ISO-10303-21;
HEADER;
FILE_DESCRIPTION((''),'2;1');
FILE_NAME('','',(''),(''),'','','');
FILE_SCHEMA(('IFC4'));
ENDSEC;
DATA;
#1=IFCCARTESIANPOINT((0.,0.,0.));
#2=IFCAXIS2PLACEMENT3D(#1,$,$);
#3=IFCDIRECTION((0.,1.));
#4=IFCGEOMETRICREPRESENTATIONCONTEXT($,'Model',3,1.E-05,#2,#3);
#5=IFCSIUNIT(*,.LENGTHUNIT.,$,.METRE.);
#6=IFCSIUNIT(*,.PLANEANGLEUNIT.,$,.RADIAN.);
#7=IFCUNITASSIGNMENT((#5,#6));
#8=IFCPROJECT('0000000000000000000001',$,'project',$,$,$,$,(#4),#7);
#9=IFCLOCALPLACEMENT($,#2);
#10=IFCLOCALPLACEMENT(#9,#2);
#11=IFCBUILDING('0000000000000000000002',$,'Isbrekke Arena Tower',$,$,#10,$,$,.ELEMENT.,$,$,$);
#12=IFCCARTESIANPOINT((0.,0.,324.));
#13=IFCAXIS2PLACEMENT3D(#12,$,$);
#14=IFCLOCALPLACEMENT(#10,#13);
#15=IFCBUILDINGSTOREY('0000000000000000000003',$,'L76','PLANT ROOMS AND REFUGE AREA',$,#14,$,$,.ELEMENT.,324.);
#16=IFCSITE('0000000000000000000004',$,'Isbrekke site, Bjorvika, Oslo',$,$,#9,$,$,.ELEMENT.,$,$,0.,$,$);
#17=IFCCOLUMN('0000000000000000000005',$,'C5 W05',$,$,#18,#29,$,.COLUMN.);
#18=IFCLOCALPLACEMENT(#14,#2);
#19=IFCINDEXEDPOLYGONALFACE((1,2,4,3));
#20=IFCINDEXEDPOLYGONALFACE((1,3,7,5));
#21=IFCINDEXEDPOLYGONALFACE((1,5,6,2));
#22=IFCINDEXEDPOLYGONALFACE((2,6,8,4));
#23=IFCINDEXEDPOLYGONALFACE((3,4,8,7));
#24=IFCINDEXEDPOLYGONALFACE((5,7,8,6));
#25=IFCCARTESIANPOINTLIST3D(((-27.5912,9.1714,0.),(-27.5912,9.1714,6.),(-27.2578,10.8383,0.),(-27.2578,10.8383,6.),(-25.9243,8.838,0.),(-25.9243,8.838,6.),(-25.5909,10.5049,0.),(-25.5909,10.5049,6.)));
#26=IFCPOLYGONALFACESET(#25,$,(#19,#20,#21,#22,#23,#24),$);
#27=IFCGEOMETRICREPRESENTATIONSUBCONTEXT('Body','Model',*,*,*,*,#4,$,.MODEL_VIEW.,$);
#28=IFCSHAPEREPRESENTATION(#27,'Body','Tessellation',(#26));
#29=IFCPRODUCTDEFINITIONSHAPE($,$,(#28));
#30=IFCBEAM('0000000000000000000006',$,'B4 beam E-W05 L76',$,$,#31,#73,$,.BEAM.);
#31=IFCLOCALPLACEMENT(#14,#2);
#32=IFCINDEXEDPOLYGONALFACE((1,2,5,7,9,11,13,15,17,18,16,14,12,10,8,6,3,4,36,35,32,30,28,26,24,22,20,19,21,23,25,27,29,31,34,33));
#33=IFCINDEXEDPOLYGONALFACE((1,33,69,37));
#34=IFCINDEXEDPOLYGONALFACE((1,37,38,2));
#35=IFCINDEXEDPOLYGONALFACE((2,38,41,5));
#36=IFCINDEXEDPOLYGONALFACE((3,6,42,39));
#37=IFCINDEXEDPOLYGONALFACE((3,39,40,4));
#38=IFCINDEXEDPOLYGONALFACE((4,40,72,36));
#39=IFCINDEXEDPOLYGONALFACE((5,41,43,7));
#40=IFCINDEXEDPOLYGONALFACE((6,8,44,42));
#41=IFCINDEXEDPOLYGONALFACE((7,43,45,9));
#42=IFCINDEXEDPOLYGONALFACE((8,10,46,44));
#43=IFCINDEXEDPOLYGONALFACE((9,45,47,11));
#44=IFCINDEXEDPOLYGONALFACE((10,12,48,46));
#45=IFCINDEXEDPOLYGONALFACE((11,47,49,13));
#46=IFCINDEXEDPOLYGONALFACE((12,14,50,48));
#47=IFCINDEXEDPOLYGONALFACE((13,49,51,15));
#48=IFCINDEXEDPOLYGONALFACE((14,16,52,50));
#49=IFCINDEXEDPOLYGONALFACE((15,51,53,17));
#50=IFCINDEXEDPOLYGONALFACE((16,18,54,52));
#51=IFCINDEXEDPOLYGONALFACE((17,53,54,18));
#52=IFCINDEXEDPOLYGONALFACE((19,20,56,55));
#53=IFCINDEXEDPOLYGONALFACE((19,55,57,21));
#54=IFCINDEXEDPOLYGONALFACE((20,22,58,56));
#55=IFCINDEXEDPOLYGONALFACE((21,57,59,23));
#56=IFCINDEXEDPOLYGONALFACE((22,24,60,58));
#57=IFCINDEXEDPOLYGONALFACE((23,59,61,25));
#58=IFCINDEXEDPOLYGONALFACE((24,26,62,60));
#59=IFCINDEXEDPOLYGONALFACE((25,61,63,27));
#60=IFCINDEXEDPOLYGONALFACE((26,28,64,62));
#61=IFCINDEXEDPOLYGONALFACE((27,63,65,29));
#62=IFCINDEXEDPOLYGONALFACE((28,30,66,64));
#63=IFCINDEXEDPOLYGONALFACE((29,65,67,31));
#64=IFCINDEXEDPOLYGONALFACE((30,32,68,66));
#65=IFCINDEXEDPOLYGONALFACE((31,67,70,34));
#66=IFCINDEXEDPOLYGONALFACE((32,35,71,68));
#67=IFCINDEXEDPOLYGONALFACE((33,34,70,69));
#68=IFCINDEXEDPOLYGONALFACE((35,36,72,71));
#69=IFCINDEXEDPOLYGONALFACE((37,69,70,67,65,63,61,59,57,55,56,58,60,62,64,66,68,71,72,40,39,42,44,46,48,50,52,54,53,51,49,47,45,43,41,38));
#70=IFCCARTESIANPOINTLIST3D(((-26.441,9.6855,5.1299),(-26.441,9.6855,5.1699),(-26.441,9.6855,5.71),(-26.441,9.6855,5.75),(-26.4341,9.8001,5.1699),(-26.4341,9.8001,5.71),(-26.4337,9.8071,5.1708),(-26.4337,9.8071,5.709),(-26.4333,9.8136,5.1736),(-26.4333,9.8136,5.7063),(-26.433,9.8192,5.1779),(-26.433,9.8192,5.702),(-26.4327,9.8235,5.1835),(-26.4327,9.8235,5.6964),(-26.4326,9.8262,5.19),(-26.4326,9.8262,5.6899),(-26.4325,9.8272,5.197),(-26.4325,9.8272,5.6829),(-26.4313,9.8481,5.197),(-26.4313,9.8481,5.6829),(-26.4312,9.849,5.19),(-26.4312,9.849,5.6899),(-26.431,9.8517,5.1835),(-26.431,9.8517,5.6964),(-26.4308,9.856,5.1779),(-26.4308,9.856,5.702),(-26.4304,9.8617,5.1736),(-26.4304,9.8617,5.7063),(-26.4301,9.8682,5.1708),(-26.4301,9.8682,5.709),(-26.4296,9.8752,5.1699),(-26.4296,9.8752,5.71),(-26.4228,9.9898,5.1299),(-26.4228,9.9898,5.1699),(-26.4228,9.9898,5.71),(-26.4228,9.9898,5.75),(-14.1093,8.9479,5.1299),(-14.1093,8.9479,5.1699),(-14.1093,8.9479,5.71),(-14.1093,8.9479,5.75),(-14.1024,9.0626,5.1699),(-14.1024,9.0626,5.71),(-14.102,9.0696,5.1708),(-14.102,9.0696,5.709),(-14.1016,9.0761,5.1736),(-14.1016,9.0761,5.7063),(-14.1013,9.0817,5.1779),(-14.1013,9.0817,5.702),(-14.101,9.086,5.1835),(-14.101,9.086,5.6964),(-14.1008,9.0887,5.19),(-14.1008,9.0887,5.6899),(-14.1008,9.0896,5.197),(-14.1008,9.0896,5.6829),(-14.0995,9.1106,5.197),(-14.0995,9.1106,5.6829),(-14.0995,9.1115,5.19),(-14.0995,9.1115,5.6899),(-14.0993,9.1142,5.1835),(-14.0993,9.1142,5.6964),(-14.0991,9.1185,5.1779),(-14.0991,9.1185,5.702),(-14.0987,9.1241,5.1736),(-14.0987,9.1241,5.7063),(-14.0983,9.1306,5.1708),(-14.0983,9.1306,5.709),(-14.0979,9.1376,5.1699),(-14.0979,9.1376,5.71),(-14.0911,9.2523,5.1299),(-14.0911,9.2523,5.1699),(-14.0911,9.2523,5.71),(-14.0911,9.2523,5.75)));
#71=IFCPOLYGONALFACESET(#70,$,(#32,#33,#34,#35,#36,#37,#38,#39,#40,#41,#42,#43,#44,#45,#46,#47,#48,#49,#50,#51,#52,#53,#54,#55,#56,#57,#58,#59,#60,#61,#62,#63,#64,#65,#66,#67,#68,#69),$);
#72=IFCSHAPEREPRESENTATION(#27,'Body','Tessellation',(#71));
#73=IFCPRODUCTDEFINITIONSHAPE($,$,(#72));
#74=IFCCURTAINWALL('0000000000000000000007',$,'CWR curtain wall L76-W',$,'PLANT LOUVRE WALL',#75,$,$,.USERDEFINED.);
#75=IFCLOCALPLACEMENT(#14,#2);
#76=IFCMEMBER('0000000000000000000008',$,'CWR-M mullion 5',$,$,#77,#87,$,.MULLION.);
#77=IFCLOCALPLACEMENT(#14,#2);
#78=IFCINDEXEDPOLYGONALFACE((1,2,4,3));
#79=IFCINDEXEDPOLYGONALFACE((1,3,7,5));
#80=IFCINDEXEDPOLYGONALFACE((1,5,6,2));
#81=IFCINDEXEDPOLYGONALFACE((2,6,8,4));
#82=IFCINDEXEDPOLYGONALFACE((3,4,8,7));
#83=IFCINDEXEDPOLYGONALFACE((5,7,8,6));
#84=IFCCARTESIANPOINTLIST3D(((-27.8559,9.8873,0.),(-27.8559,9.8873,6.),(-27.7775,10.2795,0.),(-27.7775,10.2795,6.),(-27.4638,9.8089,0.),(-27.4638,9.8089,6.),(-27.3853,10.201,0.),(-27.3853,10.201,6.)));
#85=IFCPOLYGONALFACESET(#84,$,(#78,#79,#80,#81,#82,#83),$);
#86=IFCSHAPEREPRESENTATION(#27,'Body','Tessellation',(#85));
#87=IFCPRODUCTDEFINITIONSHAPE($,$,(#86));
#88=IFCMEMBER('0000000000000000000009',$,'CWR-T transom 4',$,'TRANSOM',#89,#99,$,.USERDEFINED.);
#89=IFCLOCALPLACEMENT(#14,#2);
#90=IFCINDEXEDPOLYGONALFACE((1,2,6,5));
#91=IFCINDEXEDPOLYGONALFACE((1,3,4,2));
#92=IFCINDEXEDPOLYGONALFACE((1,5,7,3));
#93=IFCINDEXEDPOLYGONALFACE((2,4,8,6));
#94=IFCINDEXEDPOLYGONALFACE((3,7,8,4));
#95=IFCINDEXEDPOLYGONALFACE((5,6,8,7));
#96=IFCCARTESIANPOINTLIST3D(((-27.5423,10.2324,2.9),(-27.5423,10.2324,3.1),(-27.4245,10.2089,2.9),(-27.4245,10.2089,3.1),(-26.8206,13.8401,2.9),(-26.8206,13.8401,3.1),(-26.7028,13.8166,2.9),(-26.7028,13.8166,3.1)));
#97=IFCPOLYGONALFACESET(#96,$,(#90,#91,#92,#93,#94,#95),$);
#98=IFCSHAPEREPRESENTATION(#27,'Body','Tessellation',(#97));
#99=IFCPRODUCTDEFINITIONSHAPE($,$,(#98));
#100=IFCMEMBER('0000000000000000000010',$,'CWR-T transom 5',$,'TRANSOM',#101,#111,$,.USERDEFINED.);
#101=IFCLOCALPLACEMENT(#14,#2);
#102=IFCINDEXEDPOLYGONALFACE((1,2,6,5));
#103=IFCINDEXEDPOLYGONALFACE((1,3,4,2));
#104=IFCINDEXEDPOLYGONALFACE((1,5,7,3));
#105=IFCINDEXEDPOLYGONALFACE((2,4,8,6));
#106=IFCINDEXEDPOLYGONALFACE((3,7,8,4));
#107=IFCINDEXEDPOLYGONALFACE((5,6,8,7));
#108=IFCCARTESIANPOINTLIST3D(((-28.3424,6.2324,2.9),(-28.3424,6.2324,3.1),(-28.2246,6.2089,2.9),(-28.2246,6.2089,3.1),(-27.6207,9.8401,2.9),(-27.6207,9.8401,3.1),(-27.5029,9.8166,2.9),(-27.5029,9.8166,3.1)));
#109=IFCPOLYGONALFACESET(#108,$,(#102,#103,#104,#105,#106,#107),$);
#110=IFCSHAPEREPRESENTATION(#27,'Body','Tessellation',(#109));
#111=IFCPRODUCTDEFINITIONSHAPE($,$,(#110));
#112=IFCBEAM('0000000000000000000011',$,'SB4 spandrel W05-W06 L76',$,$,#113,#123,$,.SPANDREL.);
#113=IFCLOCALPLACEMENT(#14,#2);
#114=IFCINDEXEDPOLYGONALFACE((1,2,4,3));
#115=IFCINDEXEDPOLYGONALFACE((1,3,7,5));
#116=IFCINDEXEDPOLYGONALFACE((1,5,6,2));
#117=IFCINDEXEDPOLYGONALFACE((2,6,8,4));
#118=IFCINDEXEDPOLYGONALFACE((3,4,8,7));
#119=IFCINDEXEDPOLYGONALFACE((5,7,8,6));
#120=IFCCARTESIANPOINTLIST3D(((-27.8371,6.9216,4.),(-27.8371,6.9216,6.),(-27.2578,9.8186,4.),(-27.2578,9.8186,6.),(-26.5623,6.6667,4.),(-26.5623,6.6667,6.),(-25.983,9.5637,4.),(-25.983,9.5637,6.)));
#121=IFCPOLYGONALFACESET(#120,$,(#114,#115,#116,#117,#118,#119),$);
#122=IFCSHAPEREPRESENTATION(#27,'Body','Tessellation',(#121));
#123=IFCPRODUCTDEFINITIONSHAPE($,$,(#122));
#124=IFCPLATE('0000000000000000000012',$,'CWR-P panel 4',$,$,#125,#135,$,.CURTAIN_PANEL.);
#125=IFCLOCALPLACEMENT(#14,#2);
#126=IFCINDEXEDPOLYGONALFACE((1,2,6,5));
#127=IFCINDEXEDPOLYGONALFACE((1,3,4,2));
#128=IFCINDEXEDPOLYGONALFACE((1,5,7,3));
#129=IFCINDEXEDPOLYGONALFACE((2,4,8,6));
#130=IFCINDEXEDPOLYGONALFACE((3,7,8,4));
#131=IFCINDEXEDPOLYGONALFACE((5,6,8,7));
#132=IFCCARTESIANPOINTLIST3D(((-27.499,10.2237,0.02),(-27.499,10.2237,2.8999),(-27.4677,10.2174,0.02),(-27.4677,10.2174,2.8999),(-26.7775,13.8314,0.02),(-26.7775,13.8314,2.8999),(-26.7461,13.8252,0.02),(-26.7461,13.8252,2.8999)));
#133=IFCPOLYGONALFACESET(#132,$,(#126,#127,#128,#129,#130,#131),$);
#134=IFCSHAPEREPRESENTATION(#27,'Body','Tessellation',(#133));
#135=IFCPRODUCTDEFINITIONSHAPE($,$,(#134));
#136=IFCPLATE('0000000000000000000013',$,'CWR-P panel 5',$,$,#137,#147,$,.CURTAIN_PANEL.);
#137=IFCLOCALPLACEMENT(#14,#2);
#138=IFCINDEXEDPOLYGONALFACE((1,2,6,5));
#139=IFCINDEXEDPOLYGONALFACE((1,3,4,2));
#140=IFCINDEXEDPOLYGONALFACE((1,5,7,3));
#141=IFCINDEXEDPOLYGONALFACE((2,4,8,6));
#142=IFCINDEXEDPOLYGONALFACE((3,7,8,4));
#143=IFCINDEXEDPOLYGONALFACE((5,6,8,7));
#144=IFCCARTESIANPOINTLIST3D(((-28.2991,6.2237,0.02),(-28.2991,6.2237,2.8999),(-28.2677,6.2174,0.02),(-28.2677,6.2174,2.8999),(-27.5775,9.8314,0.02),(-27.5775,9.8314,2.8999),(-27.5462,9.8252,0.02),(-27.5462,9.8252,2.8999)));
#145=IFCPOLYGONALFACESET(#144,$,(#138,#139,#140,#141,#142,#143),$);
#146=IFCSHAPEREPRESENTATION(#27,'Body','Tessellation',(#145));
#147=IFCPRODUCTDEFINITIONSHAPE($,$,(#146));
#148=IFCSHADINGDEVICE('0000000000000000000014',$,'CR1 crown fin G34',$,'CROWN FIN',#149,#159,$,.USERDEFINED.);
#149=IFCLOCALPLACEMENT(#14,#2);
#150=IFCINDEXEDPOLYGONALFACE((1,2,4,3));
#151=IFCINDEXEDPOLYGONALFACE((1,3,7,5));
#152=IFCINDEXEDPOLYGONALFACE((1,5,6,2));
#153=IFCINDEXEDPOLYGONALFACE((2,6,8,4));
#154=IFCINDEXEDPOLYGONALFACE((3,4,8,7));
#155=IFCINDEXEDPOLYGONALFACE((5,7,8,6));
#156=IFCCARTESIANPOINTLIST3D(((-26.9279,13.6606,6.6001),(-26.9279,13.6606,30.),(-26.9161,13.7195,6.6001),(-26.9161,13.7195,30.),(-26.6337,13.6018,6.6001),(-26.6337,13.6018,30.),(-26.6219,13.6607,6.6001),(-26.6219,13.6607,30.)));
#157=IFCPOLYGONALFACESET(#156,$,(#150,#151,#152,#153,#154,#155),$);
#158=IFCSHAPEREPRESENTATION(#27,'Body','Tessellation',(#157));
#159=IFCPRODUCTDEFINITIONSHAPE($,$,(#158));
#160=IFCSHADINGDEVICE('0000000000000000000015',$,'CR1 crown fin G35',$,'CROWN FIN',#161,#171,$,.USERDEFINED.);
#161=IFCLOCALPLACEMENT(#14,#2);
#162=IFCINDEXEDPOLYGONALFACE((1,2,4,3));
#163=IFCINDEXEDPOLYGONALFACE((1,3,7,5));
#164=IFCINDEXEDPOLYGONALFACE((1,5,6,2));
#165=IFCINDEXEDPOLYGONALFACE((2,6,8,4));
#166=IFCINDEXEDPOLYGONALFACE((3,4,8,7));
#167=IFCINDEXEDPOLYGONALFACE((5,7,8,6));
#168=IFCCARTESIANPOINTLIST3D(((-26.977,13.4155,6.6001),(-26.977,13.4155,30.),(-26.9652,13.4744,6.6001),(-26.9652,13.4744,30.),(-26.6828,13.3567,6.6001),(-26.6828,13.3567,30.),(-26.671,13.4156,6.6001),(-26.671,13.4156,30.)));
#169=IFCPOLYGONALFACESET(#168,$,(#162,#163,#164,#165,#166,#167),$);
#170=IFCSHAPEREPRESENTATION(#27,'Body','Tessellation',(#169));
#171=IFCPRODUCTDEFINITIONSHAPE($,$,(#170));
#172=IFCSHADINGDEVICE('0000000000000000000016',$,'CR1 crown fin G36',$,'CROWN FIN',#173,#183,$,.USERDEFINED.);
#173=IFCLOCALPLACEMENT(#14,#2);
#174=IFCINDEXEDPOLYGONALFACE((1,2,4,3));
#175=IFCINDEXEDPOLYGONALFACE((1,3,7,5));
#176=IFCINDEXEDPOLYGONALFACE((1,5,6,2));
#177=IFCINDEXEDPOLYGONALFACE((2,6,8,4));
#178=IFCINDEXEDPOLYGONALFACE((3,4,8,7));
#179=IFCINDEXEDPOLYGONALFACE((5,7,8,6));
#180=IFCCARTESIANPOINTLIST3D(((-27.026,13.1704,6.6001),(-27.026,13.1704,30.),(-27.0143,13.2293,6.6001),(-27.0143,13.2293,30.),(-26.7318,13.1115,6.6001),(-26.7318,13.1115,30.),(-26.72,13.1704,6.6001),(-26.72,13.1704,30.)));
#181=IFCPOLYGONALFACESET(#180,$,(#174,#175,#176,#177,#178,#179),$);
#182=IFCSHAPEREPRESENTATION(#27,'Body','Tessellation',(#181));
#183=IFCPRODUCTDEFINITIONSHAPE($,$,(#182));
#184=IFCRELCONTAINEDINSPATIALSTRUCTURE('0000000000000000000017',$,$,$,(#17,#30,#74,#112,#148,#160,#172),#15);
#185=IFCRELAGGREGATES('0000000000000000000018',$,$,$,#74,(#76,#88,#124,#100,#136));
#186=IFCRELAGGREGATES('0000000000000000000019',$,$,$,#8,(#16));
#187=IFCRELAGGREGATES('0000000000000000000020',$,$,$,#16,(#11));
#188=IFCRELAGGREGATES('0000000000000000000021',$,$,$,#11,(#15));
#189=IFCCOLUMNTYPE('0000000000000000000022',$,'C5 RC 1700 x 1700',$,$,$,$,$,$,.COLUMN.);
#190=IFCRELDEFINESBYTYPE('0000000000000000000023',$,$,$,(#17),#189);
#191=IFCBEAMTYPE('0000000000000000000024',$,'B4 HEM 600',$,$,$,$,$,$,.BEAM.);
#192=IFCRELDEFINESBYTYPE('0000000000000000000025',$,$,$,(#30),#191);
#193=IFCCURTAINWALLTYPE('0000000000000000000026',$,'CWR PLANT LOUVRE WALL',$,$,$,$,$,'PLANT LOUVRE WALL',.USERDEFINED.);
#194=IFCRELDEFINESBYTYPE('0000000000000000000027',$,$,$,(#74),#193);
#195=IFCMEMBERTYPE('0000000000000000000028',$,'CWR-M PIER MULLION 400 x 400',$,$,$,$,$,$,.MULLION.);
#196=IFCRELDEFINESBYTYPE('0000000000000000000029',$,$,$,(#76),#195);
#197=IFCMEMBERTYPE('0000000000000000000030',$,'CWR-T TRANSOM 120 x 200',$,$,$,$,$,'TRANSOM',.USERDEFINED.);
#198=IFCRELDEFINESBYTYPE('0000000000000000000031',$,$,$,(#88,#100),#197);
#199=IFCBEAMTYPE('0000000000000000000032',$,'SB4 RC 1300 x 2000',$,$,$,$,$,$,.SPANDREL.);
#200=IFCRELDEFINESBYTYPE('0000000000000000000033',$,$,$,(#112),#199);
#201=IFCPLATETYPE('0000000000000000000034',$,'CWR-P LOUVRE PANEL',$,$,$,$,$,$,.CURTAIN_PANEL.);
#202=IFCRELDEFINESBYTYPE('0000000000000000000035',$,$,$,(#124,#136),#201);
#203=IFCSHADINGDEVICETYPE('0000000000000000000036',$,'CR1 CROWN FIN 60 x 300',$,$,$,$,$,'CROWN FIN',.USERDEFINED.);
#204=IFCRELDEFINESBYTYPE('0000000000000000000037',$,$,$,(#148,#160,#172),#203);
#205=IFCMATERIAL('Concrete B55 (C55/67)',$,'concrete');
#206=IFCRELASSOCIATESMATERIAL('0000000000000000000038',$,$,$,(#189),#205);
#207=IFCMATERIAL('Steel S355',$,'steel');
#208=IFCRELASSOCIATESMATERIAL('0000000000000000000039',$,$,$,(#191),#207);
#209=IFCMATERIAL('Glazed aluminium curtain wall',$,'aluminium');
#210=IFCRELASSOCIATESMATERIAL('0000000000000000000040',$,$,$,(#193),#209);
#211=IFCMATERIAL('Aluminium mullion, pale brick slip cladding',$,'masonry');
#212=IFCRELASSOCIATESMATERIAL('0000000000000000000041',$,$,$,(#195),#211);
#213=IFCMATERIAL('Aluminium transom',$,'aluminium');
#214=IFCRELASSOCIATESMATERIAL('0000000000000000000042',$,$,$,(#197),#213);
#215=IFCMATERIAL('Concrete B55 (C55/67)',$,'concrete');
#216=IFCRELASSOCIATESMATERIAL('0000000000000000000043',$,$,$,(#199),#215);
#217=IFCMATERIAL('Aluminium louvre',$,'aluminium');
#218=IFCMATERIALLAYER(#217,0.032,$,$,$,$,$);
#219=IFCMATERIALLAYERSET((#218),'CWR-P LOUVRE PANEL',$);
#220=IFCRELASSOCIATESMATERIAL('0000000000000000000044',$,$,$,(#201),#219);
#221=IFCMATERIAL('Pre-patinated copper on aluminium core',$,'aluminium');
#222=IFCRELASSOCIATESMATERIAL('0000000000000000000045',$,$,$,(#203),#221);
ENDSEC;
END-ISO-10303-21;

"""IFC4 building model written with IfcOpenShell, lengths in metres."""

from ifc_helpers import new_model, si_unit, direction, frame, origin, origin_2d, place, context, subcontext, project, spatial, rectangle, i_section, extrude, material, layer, layer_set, material_profile, profile_set, type_object, element, aggregate, save


model = new_model("IFC4")

# Units and contexts
model_context = context("Model", 3, precision=1e-05, world=origin(), true_north=direction((0.0, 1.0)))
body_context = subcontext(model_context, "Body", "Model", "MODEL_VIEW")
ifc_project = project(units=[si_unit("LENGTHUNIT", "METRE"), si_unit("PLANEANGLEUNIT", "RADIAN")], contexts=[model_context])

# Site, building, storey
site_placement = place(None, origin())
site = spatial("IfcSite", under=ifc_project, at=site_placement, Name="Isbrekke site, Bjorvika, Oslo", CompositionType="ELEMENT", RefElevation=0.0)
building_placement = place(site_placement, origin())
building = spatial("IfcBuilding", under=site, at=building_placement, Name="Isbrekke Arena Tower", CompositionType="ELEMENT")
storey_placement = place(building_placement, frame((0.0, 0.0, 324.0)))
storey = spatial("IfcBuildingStorey", under=building, at=storey_placement, Name="L76", Description="PLANT ROOMS AND REFUGE AREA", CompositionType="ELEMENT", Elevation=324.0)

# Column
ifc_material_1 = material(Name="Concrete B55 (C55/67)", Category="concrete")
ifc_material_profile_1 = material_profile(ifc_material_1, rectangle(XDim=1.7, YDim=1.7, at=origin_2d()), Name="RC 1700x1700")
ifc_profile_set_1 = profile_set([ifc_material_profile_1], Name="Concrete B55 (C55/67)")
column_type = type_object("IfcColumnType", Name="C5 RC 1700 x 1700", PredefinedType="COLUMN", material=ifc_profile_set_1)
column_placement = place(storey_placement, frame((-26.5911, 9.8381, 0.0), z_axis=(0.0, 0.0, 1.0), x_axis=(-0.196116, -0.980581, 0.0)))
element("IfcColumn", 1, at=column_placement, inside=storey, type_object=column_type, Name="C5 W05", PredefinedType="COLUMN", context=body_context, shape_type="SweptSolid", body=[
    extrude(rectangle(XDim=1.7, YDim=1.7, at=origin_2d()), origin(), (0.0, 0.0, 1.0), 6.0),
])

# Beam
ifc_material_2 = material(Name="Steel S355", Category="steel")
ifc_material_profile_2 = material_profile(ifc_material_2, i_section(OverallWidth=0.3049, OverallDepth=0.6201, WebThickness=0.021, FlangeThickness=0.04, FilletRadius=0.0271, at=origin_2d()), Name="HEM 600")
ifc_profile_set_2 = profile_set([ifc_material_profile_2], Name="Steel S355")
beam_type_1 = type_object("IfcBeamType", Name="B4 HEM 600", PredefinedType="BEAM", material=ifc_profile_set_2)
beam_1_placement = place(storey_placement, frame((-26.4319, 9.8376, 5.4399), z_axis=(0.998216, -0.059702, 0.0), x_axis=(0.059702, 0.998216, 0.0)))
element("IfcBeam", 2, at=beam_1_placement, inside=storey, type_object=beam_type_1, Name="B4 beam E-W05 L76", PredefinedType="BEAM", context=body_context, shape_type="SweptSolid", body=[
    extrude(i_section(OverallWidth=0.3049, OverallDepth=0.6201, WebThickness=0.021, FlangeThickness=0.04, FilletRadius=0.0271, at=origin_2d()), origin(), (0.0, 0.0, 1.0), 12.3538),
])

# Curtain wall, members
ifc_material_3 = material(Name="Glazed aluminium curtain wall", Category="aluminium")
curtain_wall_type = type_object("IfcCurtainWallType", Name="CWR PLANT LOUVRE WALL", ElementType="PLANT LOUVRE WALL", PredefinedType="USERDEFINED", material=ifc_material_3)
curtain_wall_placement = place(storey_placement, origin())
curtain_wall = element("IfcCurtainWall", 3, at=curtain_wall_placement, inside=storey, type_object=curtain_wall_type, Name="CWR curtain wall L76-W", ObjectType="PLANT LOUVRE WALL", PredefinedType="USERDEFINED")
ifc_material_4 = material(Name="Aluminium mullion, pale brick slip cladding", Category="masonry")
ifc_material_profile_3 = material_profile(ifc_material_4, rectangle(XDim=0.3999, YDim=0.3999, at=origin_2d()), Name="PIER 400X400")
ifc_profile_set_3 = profile_set([ifc_material_profile_3], Name="Aluminium mullion, pale brick slip cladding")
member_type_1 = type_object("IfcMemberType", Name="CWR-M PIER MULLION 400 x 400", PredefinedType="MULLION", material=ifc_profile_set_3)
member_1_placement = place(storey_placement, frame((-27.6206, 10.0442, 0.0), z_axis=(0.0, 0.0, 1.0), x_axis=(-0.196116, -0.980581, 0.0)))
member_1 = element("IfcMember", 4, at=member_1_placement, type_object=member_type_1, Name="CWR-M mullion 5", PredefinedType="MULLION", context=body_context, shape_type="SweptSolid", body=[
    extrude(rectangle(XDim=0.3999, YDim=0.3999, at=origin_2d()), origin(), (0.0, 0.0, 1.0), 6.0),
])
ifc_material_5 = material(Name="Aluminium transom", Category="aluminium")
ifc_material_profile_4 = material_profile(ifc_material_5, rectangle(XDim=0.1201, YDim=0.2, at=origin_2d()), Name="TRANSOM 120X200")
ifc_profile_set_4 = profile_set([ifc_material_profile_4], Name="Aluminium transom")
member_type_2 = type_object("IfcMemberType", Name="CWR-T TRANSOM 120 x 200", ElementType="TRANSOM", PredefinedType="USERDEFINED", material=ifc_profile_set_4)
member_2_placement = place(storey_placement, frame((-26.7617, 13.8284, 3.0), z_axis=(-0.196154, -0.980573, 0.0), x_axis=(0.980573, -0.196154, 0.0)))
member_2 = element("IfcMember", 5, at=member_2_placement, type_object=member_type_2, Name="CWR-T transom 4", ObjectType="TRANSOM", PredefinedType="USERDEFINED", context=body_context, shape_type="SweptSolid", body=[
    extrude(rectangle(XDim=0.1201, YDim=0.2, at=origin_2d()), origin(), (0.0, 0.0, 1.0), 3.6792),
])
member_3_placement = place(storey_placement, frame((-27.5618, 9.8284, 3.0), z_axis=(-0.196154, -0.980573, 0.0), x_axis=(0.980573, -0.196154, 0.0)))
member_3 = element("IfcMember", 6, at=member_3_placement, type_object=member_type_2, Name="CWR-T transom 5", ObjectType="TRANSOM", PredefinedType="USERDEFINED", context=body_context, shape_type="SweptSolid", body=[
    extrude(rectangle(XDim=0.1201, YDim=0.2, at=origin_2d()), origin(), (0.0, 0.0, 1.0), 3.6792),
])

# Beam
ifc_material_6 = material(Name="Concrete B55 (C55/67)", Category="concrete")
ifc_material_profile_5 = material_profile(ifc_material_6, rectangle(XDim=1.3, YDim=2.0, at=origin_2d()), Name="RC 1300x2000")
ifc_profile_set_5 = profile_set([ifc_material_profile_5], Name="Concrete B55 (C55/67)")
beam_type_2 = type_object("IfcBeamType", Name="SB4 RC 1300 x 2000", PredefinedType="SPANDREL", material=ifc_profile_set_5)
beam_2_placement = place(storey_placement, frame((-26.6204, 9.6912, 5.0), z_axis=(-0.1961, -0.980584, 0.0), x_axis=(0.980584, -0.1961, 0.0)))
element("IfcBeam", 7, at=beam_2_placement, inside=storey, type_object=beam_type_2, Name="SB4 spandrel W05-W06 L76", PredefinedType="SPANDREL", context=body_context, shape_type="SweptSolid", body=[
    extrude(rectangle(XDim=1.3, YDim=2.0, at=origin_2d()), origin(), (0.0, 0.0, 1.0), 2.9543),
])

# Plates
ifc_material_7 = material(Name="Aluminium louvre", Category="aluminium")
ifc_layer = layer(ifc_material_7, 0.032)
ifc_layer_set = layer_set([ifc_layer], Name="CWR-P LOUVRE PANEL")
plate_type = type_object("IfcPlateType", Name="CWR-P LOUVRE PANEL", PredefinedType="CURTAIN_PANEL", material=ifc_layer_set)
plate_1_placement = place(storey_placement, frame((-27.1226, 12.0244, 0.02), z_axis=(0.0, 0.0, 1.0), x_axis=(-0.196116, -0.980581, 0.0)))
plate_1 = element("IfcPlate", 8, at=plate_1_placement, type_object=plate_type, Name="CWR-P panel 4", PredefinedType="CURTAIN_PANEL", context=body_context, shape_type="SweptSolid", body=[
    extrude(rectangle(XDim=3.6792, YDim=0.032, at=origin_2d()), origin(), (0.0, 0.0, 1.0), 2.8799),
])
plate_2_placement = place(storey_placement, frame((-27.9226, 8.0244, 0.02), z_axis=(0.0, 0.0, 1.0), x_axis=(-0.196116, -0.980581, 0.0)))
plate_2 = element("IfcPlate", 9, at=plate_2_placement, type_object=plate_type, Name="CWR-P panel 5", PredefinedType="CURTAIN_PANEL", context=body_context, shape_type="SweptSolid", body=[
    extrude(rectangle(XDim=3.6792, YDim=0.032, at=origin_2d()), origin(), (0.0, 0.0, 1.0), 2.8799),
])
aggregate(curtain_wall, [member_1, member_2, plate_1, member_3, plate_2])

# Shading devices
ifc_material_8 = material(Name="Pre-patinated copper on aluminium core", Category="aluminium")
ifc_material_profile_6 = material_profile(ifc_material_8, rectangle(XDim=0.0601, YDim=0.3, at=origin_2d()), Name="FIN 60X300")
ifc_profile_set_6 = profile_set([ifc_material_profile_6], Name="Pre-patinated copper on aluminium core")
shading_device_type = type_object("IfcShadingDeviceType", Name="CR1 CROWN FIN 60 x 300", ElementType="CROWN FIN", PredefinedType="USERDEFINED", material=ifc_profile_set_6)
for number, where, z_axis, x_axis, name in (
    (10, (-26.7749, 13.6606, 6.6001), (0.0, 0.0, 1.0), (-0.196116, -0.980581, 0.0), "CR1 crown fin G34"),
    (11, (-26.824, 13.4155, 6.6001), (0.0, 0.0, 1.0), (-0.196116, -0.980581, 0.0), "CR1 crown fin G35"),
    (12, (-26.873, 13.1704, 6.6001), (0.0, 0.0, 1.0), (-0.196116, -0.980581, 0.0), "CR1 crown fin G36"),
):
    element("IfcShadingDevice", number, at=place(storey_placement, frame(where, z_axis=z_axis, x_axis=x_axis)), inside=storey, type_object=shading_device_type, Name=name, ObjectType="CROWN FIN", PredefinedType="USERDEFINED", context=body_context, shape_type="SweptSolid", body=[
        extrude(rectangle(XDim=0.0601, YDim=0.3, at=origin_2d()), origin(), (0.0, 0.0, 1.0), 23.3999),
    ])

save(model, "model.ifc")
